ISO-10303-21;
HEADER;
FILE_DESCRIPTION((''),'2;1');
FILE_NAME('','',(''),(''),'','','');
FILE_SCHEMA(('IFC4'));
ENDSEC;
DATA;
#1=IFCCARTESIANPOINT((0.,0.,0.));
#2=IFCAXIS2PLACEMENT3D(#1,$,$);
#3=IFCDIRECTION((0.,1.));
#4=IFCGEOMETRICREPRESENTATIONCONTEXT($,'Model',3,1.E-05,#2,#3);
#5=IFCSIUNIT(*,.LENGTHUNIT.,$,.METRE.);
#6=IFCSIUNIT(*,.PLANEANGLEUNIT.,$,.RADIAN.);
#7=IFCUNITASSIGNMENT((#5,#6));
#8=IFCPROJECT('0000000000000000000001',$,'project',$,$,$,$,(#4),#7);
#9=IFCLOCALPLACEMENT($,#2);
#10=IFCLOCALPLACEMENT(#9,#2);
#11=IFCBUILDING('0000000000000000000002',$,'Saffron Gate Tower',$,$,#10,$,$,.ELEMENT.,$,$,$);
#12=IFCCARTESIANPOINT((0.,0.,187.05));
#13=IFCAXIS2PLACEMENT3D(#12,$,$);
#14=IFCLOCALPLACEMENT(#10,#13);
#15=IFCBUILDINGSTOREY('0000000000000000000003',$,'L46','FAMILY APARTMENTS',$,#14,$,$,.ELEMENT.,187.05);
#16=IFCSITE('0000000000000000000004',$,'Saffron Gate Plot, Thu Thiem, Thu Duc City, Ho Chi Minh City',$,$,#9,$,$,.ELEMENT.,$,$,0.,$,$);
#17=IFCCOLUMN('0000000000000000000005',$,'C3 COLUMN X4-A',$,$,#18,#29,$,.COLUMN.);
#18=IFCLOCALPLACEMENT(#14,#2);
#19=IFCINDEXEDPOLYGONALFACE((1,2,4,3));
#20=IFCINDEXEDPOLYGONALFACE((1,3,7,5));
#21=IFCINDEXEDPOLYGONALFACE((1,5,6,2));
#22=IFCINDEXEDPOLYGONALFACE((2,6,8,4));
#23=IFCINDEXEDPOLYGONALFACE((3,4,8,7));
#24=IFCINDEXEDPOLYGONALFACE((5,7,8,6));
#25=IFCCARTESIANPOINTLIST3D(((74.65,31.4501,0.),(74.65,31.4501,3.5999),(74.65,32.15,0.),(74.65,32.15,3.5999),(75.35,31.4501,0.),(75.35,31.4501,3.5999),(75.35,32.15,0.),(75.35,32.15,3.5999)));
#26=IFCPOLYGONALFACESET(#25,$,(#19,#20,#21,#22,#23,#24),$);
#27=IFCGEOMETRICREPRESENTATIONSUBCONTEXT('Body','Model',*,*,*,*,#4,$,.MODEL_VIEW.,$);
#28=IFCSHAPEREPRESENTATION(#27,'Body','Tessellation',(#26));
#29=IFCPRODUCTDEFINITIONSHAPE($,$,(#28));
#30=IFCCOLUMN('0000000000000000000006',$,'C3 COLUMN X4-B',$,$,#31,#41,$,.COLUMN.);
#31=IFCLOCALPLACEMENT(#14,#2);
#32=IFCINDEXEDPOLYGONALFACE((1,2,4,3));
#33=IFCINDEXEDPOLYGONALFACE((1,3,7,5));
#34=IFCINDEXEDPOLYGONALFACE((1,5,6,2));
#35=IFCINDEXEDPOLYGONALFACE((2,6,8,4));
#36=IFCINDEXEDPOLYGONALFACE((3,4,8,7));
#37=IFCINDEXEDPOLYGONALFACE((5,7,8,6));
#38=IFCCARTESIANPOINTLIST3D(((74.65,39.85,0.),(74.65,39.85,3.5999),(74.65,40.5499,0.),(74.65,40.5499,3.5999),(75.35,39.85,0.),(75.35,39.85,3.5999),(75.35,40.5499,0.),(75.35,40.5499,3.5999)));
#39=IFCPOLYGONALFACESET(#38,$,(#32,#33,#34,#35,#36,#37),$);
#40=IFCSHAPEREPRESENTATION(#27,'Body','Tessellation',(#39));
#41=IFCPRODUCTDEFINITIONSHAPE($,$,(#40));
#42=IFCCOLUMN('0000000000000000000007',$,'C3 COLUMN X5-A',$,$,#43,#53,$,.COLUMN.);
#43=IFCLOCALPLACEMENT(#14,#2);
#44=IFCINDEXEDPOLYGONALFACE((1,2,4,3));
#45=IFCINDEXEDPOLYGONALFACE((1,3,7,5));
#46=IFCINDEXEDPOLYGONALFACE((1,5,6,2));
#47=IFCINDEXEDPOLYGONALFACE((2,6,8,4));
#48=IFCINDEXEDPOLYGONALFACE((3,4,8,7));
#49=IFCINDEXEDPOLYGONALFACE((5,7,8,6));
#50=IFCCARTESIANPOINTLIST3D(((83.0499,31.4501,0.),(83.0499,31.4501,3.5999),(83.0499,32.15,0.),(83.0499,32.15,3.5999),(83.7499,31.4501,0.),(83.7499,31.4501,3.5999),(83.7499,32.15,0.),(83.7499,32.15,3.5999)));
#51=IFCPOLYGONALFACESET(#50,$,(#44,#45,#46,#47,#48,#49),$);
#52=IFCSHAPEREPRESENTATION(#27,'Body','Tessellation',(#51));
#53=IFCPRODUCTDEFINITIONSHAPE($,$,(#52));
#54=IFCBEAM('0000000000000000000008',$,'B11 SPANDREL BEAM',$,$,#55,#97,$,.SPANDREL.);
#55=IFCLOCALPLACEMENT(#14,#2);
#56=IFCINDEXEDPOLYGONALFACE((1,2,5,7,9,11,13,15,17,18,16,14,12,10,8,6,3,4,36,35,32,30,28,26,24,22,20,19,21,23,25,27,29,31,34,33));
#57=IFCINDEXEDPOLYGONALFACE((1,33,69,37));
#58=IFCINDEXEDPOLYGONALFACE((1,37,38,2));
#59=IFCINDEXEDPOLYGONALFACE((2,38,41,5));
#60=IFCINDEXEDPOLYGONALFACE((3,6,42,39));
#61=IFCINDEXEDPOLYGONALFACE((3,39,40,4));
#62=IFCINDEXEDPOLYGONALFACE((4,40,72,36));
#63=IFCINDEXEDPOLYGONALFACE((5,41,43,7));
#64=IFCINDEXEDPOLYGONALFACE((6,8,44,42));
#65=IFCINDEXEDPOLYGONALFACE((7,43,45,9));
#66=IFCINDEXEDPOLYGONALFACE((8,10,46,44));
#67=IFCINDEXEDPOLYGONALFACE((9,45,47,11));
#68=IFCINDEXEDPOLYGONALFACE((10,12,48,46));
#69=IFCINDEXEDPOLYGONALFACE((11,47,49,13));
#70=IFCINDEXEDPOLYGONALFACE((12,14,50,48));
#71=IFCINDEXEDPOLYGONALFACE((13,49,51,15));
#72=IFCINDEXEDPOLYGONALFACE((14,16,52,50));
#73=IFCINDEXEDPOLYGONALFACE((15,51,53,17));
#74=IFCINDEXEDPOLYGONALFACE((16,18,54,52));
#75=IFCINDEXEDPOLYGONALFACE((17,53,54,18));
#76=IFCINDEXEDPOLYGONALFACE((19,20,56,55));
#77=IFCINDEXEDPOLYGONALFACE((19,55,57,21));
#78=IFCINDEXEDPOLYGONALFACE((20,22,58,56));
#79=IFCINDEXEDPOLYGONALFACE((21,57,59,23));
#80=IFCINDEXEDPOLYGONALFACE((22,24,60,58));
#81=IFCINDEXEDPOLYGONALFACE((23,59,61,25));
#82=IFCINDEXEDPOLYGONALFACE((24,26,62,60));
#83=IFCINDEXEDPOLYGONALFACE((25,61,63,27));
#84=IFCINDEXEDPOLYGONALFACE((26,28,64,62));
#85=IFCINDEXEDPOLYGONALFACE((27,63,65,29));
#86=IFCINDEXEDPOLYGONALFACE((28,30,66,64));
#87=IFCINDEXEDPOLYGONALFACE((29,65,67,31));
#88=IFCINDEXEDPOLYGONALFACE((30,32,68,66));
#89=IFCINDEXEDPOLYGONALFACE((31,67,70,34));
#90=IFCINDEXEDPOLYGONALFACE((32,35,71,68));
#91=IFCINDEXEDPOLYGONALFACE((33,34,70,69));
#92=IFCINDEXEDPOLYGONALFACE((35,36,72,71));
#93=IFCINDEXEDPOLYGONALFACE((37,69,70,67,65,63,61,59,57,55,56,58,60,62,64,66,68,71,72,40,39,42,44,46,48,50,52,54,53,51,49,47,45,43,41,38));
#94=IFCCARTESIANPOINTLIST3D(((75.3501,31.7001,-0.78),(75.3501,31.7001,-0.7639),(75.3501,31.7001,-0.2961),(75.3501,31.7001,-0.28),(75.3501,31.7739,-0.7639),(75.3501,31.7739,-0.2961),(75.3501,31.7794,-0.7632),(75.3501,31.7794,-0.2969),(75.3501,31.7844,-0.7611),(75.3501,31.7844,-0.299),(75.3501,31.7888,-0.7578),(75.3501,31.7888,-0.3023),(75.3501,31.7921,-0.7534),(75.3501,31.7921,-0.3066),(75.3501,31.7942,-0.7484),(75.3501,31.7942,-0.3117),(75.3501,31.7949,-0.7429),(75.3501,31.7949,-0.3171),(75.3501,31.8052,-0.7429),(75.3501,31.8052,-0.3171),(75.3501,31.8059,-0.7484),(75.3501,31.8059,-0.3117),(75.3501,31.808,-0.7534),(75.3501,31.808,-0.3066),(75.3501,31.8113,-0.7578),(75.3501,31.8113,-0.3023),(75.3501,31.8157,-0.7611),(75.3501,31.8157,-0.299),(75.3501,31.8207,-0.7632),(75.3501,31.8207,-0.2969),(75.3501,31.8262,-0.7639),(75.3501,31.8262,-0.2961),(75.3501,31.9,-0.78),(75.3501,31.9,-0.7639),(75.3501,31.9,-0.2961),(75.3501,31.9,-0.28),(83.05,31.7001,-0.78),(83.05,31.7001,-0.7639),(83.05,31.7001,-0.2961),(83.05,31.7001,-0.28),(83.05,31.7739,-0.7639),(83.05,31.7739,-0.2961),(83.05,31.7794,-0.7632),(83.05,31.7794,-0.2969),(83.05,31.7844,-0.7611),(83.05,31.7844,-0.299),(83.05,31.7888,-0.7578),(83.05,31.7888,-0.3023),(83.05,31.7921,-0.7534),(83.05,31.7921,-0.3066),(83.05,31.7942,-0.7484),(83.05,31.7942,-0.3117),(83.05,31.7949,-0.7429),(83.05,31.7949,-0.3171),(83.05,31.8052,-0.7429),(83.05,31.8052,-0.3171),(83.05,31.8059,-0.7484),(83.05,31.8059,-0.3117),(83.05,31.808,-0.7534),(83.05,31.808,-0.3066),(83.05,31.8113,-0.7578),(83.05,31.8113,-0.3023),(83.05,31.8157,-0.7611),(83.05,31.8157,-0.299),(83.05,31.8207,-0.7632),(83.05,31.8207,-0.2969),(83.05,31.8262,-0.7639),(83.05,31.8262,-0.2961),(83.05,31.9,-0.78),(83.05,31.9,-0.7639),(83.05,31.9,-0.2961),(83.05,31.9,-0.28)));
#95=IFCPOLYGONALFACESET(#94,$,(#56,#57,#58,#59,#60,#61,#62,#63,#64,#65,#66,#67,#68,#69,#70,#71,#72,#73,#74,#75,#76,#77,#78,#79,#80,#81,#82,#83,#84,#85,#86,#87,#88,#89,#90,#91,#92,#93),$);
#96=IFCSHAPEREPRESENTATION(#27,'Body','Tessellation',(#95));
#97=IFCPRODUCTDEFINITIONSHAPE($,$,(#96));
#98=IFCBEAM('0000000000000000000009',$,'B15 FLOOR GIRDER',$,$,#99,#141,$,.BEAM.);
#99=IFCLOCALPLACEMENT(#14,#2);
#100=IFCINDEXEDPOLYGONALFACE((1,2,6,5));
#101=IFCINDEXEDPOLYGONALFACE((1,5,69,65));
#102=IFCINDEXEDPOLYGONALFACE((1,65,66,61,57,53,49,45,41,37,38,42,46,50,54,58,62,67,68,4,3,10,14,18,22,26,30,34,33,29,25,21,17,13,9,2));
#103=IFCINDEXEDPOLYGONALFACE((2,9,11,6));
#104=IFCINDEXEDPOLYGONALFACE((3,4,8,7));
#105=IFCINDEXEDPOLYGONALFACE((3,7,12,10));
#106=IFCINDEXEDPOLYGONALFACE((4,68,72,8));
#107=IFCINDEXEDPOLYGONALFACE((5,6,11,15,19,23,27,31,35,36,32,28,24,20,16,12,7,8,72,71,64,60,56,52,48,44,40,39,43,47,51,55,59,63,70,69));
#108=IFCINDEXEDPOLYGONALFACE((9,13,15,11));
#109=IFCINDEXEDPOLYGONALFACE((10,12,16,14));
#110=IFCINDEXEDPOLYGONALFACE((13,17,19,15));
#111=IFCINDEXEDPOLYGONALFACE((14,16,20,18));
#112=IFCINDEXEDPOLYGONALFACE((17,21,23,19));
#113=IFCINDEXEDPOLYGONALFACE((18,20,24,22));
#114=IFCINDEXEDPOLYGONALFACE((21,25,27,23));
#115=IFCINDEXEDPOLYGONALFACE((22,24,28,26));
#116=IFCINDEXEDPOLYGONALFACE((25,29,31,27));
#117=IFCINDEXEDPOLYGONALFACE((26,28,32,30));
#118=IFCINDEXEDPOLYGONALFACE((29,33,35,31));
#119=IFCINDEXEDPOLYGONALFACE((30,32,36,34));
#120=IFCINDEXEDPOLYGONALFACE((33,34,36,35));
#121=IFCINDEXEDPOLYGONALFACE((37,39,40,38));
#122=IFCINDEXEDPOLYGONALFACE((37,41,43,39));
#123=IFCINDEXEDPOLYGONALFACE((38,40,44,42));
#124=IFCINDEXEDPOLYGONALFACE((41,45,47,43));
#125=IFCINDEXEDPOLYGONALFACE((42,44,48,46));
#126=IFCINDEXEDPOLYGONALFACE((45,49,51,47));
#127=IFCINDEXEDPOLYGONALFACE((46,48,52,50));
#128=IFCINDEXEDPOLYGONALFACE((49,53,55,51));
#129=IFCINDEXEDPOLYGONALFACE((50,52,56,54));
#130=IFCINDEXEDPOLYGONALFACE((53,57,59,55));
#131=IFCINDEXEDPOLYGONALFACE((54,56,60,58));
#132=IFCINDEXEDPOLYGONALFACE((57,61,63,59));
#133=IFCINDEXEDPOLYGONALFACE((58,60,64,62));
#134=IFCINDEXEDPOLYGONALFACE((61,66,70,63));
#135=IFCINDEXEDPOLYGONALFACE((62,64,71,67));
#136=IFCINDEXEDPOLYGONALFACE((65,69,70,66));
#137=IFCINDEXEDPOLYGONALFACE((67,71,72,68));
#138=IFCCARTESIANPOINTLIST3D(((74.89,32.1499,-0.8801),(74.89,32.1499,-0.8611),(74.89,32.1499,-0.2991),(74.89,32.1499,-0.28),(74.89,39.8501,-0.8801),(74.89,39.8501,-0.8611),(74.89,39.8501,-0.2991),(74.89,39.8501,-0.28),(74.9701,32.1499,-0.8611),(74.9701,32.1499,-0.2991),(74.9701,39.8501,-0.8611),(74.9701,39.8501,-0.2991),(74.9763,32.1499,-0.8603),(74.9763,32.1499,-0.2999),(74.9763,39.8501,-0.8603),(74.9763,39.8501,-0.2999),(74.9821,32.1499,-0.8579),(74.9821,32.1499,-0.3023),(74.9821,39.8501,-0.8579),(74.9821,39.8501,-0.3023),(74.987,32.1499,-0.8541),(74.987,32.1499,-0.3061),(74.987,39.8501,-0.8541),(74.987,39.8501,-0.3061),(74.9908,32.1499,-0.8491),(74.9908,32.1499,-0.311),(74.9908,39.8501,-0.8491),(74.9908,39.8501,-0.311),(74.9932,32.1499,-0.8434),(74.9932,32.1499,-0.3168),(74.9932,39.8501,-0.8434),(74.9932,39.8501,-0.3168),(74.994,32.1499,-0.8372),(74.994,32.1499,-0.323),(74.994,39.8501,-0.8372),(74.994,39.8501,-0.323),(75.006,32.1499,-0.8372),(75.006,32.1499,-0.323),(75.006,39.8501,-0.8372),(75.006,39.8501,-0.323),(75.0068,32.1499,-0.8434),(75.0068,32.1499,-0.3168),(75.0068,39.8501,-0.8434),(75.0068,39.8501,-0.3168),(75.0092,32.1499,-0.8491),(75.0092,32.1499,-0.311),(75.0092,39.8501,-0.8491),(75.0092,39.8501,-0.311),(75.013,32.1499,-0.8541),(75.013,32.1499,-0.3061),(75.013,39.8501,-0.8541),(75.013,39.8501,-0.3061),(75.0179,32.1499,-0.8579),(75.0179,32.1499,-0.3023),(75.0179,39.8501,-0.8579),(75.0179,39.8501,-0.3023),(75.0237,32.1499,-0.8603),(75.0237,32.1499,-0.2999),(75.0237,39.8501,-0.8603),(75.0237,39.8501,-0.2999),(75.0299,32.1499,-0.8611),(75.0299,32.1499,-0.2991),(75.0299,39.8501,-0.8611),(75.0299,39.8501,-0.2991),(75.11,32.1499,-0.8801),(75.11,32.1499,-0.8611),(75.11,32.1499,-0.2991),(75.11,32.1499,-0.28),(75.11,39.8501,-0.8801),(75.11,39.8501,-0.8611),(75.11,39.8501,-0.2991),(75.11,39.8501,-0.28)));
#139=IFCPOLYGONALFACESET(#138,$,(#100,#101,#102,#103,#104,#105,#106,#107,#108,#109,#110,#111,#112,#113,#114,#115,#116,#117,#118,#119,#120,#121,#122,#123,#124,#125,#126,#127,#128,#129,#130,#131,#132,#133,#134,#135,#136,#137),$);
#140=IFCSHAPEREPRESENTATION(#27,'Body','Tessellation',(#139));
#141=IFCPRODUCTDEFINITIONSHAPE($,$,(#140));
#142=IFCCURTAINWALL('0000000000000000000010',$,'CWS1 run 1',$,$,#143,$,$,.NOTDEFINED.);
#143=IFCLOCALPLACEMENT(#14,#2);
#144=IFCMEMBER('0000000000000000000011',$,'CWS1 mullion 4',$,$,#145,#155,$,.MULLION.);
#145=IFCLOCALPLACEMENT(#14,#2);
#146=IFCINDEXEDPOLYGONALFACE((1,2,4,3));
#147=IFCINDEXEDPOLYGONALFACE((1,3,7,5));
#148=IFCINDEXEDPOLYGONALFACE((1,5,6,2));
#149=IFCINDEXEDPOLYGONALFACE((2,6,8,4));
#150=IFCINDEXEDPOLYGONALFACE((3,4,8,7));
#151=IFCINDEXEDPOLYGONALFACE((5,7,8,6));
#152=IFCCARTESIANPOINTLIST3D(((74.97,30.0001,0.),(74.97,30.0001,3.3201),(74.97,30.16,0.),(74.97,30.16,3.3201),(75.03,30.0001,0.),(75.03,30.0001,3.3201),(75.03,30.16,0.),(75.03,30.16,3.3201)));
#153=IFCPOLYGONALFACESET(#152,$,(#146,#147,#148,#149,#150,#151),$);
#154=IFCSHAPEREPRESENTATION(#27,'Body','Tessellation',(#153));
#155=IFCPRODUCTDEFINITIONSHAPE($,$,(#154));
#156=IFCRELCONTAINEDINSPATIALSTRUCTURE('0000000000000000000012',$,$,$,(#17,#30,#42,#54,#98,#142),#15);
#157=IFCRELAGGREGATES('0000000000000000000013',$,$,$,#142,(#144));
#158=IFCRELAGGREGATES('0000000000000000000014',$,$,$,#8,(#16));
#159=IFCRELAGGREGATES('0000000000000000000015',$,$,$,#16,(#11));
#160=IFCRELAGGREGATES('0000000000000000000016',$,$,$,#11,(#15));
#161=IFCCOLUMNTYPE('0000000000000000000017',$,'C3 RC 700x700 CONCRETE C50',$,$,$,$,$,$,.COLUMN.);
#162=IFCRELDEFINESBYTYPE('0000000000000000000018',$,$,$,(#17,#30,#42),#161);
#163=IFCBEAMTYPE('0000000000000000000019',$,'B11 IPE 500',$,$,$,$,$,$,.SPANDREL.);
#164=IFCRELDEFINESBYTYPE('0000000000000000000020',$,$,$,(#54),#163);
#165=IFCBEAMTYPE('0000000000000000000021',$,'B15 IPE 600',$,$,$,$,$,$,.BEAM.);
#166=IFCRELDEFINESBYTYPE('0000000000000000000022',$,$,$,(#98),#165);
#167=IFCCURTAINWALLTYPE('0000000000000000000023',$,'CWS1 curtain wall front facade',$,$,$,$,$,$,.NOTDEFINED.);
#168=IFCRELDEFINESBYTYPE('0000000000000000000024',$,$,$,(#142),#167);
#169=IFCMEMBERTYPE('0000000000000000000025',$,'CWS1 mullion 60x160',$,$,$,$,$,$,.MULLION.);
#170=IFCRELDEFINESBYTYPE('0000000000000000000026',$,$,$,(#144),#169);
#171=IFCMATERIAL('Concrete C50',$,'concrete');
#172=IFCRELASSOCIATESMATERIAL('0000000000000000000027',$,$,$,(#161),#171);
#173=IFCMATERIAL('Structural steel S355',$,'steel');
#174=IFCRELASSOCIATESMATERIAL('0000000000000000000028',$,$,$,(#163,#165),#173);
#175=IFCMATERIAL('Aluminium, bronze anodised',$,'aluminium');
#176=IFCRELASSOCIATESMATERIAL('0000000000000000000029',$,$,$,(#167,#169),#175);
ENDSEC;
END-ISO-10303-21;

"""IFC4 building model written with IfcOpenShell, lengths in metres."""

from ifc_helpers import new_model, si_unit, direction, frame, origin, origin_2d, place, context, subcontext, project, spatial, rectangle, i_section, extrude, material, material_profile, profile_set, type_object, element, aggregate, save


model = new_model("IFC4")

# Units and contexts
model_context = context("Model", 3, precision=1e-05, world=origin(), true_north=direction((0.0, 1.0)))
body_context = subcontext(model_context, "Body", "Model", "MODEL_VIEW")
ifc_project = project(units=[si_unit("LENGTHUNIT", "METRE"), si_unit("PLANEANGLEUNIT", "RADIAN")], contexts=[model_context])

# Site, building, storey
site_placement = place(None, origin())
site = spatial("IfcSite", under=ifc_project, at=site_placement, Name="Saffron Gate Plot, Thu Thiem, Thu Duc City, Ho Chi Minh City", CompositionType="ELEMENT", RefElevation=0.0)
building_placement = place(site_placement, origin())
building = spatial("IfcBuilding", under=site, at=building_placement, Name="Saffron Gate Tower", CompositionType="ELEMENT")
storey_placement = place(building_placement, frame((0.0, 0.0, 187.05)))
storey = spatial("IfcBuildingStorey", under=building, at=storey_placement, Name="L46", Description="FAMILY APARTMENTS", CompositionType="ELEMENT", Elevation=187.05)

# Columns
ifc_material_1 = material(Name="Concrete C50", Category="concrete")
ifc_material_profile_1 = material_profile(ifc_material_1, rectangle(XDim=0.7, YDim=0.7, at=origin_2d()))
ifc_profile_set_1 = profile_set([ifc_material_profile_1], Name="Concrete C50")
column_type = type_object("IfcColumnType", Name="C3 RC 700x700 CONCRETE C50", PredefinedType="COLUMN", material=ifc_profile_set_1)
for number, where, z_axis, x_axis, name in (
    (1, (75.0, 31.8, 0.0), (0.0, 0.0, 1.0), (1.0, 0.0, 0.0), "C3 COLUMN X4-A"),
    (2, (75.0, 40.2, 0.0), (0.0, 0.0, 1.0), (1.0, 0.0, 0.0), "C3 COLUMN X4-B"),
    (3, (83.3999, 31.8, 0.0), (0.0, 0.0, 1.0), (1.0, 0.0, 0.0), "C3 COLUMN X5-A"),
):
    element("IfcColumn", number, at=place(storey_placement, frame(where, z_axis=z_axis, x_axis=x_axis)), inside=storey, type_object=column_type, Name=name, PredefinedType="COLUMN", context=body_context, shape_type="SweptSolid", body=[
        extrude(rectangle(XDim=0.7, YDim=0.7, at=origin_2d()), origin(), (0.0, 0.0, 1.0), 3.5999),
    ])

# Beams
ifc_material_2 = material(Name="Structural steel S355", Category="steel")
ifc_material_profile_2 = material_profile(ifc_material_2, i_section(OverallWidth=0.2, OverallDepth=0.5, WebThickness=0.0103, FlangeThickness=0.0161, FilletRadius=0.021, at=origin_2d()))
ifc_profile_set_2 = profile_set([ifc_material_profile_2], Name="Structural steel S355")
beam_type_1 = type_object("IfcBeamType", Name="B11 IPE 500", PredefinedType="SPANDREL", material=ifc_profile_set_2)
beam_1_placement = place(storey_placement, frame((75.3501, 31.8, -0.53), z_axis=(1.0, 0.0, 0.0), x_axis=(0.0, 1.0, 0.0)))
element("IfcBeam", 4, at=beam_1_placement, inside=storey, type_object=beam_type_1, Name="B11 SPANDREL BEAM", PredefinedType="SPANDREL", context=body_context, shape_type="SweptSolid", body=[
    extrude(i_section(OverallWidth=0.2, OverallDepth=0.5, WebThickness=0.0103, FlangeThickness=0.0161, FilletRadius=0.021, at=origin_2d()), origin(), (0.0, 0.0, 1.0), 7.7),
])
ifc_material_profile_3 = material_profile(ifc_material_2, i_section(OverallWidth=0.22, OverallDepth=0.6001, WebThickness=0.012, FlangeThickness=0.019, FilletRadius=0.0239, at=origin_2d()))
ifc_profile_set_3 = profile_set([ifc_material_profile_3], Name="Structural steel S355")
beam_type_2 = type_object("IfcBeamType", Name="B15 IPE 600", PredefinedType="BEAM", material=ifc_profile_set_3)
beam_2_placement = place(storey_placement, frame((75.0, 32.1499, -0.5801), z_axis=(0.0, 1.0, 0.0), x_axis=(-1.0, 0.0, 0.0)))
element("IfcBeam", 5, at=beam_2_placement, inside=storey, type_object=beam_type_2, Name="B15 FLOOR GIRDER", PredefinedType="BEAM", context=body_context, shape_type="SweptSolid", body=[
    extrude(i_section(OverallWidth=0.22, OverallDepth=0.6001, WebThickness=0.012, FlangeThickness=0.019, FilletRadius=0.0239, at=origin_2d()), origin(), (0.0, 0.0, 1.0), 7.7002),
])

# Curtain wall, member
ifc_material_3 = material(Name="Aluminium, bronze anodised", Category="aluminium")
curtain_wall_type = type_object("IfcCurtainWallType", Name="CWS1 curtain wall front facade", PredefinedType="NOTDEFINED", material=ifc_material_3)
curtain_wall_placement = place(storey_placement, origin())
curtain_wall = element("IfcCurtainWall", 6, at=curtain_wall_placement, inside=storey, type_object=curtain_wall_type, Name="CWS1 run 1", PredefinedType="NOTDEFINED")
ifc_material_profile_4 = material_profile(ifc_material_3, rectangle(XDim=0.1599, YDim=0.0601, at=origin_2d()))
ifc_profile_set_4 = profile_set([ifc_material_profile_4], Name="Aluminium, bronze anodised")
member_type = type_object("IfcMemberType", Name="CWS1 mullion 60x160", PredefinedType="MULLION", material=ifc_profile_set_4)
member_placement = place(storey_placement, frame((75.0, 30.0801, 0.0), z_axis=(0.0, 0.0, 1.0), x_axis=(0.0, 1.0, 0.0)))
member = element("IfcMember", 7, at=member_placement, type_object=member_type, Name="CWS1 mullion 4", PredefinedType="MULLION", context=body_context, shape_type="SweptSolid", body=[
    extrude(rectangle(XDim=0.1599, YDim=0.0601, at=origin_2d()), origin(), (0.0, 0.0, 1.0), 3.3201),
])
aggregate(curtain_wall, [member])

save(model, "model.ifc")
